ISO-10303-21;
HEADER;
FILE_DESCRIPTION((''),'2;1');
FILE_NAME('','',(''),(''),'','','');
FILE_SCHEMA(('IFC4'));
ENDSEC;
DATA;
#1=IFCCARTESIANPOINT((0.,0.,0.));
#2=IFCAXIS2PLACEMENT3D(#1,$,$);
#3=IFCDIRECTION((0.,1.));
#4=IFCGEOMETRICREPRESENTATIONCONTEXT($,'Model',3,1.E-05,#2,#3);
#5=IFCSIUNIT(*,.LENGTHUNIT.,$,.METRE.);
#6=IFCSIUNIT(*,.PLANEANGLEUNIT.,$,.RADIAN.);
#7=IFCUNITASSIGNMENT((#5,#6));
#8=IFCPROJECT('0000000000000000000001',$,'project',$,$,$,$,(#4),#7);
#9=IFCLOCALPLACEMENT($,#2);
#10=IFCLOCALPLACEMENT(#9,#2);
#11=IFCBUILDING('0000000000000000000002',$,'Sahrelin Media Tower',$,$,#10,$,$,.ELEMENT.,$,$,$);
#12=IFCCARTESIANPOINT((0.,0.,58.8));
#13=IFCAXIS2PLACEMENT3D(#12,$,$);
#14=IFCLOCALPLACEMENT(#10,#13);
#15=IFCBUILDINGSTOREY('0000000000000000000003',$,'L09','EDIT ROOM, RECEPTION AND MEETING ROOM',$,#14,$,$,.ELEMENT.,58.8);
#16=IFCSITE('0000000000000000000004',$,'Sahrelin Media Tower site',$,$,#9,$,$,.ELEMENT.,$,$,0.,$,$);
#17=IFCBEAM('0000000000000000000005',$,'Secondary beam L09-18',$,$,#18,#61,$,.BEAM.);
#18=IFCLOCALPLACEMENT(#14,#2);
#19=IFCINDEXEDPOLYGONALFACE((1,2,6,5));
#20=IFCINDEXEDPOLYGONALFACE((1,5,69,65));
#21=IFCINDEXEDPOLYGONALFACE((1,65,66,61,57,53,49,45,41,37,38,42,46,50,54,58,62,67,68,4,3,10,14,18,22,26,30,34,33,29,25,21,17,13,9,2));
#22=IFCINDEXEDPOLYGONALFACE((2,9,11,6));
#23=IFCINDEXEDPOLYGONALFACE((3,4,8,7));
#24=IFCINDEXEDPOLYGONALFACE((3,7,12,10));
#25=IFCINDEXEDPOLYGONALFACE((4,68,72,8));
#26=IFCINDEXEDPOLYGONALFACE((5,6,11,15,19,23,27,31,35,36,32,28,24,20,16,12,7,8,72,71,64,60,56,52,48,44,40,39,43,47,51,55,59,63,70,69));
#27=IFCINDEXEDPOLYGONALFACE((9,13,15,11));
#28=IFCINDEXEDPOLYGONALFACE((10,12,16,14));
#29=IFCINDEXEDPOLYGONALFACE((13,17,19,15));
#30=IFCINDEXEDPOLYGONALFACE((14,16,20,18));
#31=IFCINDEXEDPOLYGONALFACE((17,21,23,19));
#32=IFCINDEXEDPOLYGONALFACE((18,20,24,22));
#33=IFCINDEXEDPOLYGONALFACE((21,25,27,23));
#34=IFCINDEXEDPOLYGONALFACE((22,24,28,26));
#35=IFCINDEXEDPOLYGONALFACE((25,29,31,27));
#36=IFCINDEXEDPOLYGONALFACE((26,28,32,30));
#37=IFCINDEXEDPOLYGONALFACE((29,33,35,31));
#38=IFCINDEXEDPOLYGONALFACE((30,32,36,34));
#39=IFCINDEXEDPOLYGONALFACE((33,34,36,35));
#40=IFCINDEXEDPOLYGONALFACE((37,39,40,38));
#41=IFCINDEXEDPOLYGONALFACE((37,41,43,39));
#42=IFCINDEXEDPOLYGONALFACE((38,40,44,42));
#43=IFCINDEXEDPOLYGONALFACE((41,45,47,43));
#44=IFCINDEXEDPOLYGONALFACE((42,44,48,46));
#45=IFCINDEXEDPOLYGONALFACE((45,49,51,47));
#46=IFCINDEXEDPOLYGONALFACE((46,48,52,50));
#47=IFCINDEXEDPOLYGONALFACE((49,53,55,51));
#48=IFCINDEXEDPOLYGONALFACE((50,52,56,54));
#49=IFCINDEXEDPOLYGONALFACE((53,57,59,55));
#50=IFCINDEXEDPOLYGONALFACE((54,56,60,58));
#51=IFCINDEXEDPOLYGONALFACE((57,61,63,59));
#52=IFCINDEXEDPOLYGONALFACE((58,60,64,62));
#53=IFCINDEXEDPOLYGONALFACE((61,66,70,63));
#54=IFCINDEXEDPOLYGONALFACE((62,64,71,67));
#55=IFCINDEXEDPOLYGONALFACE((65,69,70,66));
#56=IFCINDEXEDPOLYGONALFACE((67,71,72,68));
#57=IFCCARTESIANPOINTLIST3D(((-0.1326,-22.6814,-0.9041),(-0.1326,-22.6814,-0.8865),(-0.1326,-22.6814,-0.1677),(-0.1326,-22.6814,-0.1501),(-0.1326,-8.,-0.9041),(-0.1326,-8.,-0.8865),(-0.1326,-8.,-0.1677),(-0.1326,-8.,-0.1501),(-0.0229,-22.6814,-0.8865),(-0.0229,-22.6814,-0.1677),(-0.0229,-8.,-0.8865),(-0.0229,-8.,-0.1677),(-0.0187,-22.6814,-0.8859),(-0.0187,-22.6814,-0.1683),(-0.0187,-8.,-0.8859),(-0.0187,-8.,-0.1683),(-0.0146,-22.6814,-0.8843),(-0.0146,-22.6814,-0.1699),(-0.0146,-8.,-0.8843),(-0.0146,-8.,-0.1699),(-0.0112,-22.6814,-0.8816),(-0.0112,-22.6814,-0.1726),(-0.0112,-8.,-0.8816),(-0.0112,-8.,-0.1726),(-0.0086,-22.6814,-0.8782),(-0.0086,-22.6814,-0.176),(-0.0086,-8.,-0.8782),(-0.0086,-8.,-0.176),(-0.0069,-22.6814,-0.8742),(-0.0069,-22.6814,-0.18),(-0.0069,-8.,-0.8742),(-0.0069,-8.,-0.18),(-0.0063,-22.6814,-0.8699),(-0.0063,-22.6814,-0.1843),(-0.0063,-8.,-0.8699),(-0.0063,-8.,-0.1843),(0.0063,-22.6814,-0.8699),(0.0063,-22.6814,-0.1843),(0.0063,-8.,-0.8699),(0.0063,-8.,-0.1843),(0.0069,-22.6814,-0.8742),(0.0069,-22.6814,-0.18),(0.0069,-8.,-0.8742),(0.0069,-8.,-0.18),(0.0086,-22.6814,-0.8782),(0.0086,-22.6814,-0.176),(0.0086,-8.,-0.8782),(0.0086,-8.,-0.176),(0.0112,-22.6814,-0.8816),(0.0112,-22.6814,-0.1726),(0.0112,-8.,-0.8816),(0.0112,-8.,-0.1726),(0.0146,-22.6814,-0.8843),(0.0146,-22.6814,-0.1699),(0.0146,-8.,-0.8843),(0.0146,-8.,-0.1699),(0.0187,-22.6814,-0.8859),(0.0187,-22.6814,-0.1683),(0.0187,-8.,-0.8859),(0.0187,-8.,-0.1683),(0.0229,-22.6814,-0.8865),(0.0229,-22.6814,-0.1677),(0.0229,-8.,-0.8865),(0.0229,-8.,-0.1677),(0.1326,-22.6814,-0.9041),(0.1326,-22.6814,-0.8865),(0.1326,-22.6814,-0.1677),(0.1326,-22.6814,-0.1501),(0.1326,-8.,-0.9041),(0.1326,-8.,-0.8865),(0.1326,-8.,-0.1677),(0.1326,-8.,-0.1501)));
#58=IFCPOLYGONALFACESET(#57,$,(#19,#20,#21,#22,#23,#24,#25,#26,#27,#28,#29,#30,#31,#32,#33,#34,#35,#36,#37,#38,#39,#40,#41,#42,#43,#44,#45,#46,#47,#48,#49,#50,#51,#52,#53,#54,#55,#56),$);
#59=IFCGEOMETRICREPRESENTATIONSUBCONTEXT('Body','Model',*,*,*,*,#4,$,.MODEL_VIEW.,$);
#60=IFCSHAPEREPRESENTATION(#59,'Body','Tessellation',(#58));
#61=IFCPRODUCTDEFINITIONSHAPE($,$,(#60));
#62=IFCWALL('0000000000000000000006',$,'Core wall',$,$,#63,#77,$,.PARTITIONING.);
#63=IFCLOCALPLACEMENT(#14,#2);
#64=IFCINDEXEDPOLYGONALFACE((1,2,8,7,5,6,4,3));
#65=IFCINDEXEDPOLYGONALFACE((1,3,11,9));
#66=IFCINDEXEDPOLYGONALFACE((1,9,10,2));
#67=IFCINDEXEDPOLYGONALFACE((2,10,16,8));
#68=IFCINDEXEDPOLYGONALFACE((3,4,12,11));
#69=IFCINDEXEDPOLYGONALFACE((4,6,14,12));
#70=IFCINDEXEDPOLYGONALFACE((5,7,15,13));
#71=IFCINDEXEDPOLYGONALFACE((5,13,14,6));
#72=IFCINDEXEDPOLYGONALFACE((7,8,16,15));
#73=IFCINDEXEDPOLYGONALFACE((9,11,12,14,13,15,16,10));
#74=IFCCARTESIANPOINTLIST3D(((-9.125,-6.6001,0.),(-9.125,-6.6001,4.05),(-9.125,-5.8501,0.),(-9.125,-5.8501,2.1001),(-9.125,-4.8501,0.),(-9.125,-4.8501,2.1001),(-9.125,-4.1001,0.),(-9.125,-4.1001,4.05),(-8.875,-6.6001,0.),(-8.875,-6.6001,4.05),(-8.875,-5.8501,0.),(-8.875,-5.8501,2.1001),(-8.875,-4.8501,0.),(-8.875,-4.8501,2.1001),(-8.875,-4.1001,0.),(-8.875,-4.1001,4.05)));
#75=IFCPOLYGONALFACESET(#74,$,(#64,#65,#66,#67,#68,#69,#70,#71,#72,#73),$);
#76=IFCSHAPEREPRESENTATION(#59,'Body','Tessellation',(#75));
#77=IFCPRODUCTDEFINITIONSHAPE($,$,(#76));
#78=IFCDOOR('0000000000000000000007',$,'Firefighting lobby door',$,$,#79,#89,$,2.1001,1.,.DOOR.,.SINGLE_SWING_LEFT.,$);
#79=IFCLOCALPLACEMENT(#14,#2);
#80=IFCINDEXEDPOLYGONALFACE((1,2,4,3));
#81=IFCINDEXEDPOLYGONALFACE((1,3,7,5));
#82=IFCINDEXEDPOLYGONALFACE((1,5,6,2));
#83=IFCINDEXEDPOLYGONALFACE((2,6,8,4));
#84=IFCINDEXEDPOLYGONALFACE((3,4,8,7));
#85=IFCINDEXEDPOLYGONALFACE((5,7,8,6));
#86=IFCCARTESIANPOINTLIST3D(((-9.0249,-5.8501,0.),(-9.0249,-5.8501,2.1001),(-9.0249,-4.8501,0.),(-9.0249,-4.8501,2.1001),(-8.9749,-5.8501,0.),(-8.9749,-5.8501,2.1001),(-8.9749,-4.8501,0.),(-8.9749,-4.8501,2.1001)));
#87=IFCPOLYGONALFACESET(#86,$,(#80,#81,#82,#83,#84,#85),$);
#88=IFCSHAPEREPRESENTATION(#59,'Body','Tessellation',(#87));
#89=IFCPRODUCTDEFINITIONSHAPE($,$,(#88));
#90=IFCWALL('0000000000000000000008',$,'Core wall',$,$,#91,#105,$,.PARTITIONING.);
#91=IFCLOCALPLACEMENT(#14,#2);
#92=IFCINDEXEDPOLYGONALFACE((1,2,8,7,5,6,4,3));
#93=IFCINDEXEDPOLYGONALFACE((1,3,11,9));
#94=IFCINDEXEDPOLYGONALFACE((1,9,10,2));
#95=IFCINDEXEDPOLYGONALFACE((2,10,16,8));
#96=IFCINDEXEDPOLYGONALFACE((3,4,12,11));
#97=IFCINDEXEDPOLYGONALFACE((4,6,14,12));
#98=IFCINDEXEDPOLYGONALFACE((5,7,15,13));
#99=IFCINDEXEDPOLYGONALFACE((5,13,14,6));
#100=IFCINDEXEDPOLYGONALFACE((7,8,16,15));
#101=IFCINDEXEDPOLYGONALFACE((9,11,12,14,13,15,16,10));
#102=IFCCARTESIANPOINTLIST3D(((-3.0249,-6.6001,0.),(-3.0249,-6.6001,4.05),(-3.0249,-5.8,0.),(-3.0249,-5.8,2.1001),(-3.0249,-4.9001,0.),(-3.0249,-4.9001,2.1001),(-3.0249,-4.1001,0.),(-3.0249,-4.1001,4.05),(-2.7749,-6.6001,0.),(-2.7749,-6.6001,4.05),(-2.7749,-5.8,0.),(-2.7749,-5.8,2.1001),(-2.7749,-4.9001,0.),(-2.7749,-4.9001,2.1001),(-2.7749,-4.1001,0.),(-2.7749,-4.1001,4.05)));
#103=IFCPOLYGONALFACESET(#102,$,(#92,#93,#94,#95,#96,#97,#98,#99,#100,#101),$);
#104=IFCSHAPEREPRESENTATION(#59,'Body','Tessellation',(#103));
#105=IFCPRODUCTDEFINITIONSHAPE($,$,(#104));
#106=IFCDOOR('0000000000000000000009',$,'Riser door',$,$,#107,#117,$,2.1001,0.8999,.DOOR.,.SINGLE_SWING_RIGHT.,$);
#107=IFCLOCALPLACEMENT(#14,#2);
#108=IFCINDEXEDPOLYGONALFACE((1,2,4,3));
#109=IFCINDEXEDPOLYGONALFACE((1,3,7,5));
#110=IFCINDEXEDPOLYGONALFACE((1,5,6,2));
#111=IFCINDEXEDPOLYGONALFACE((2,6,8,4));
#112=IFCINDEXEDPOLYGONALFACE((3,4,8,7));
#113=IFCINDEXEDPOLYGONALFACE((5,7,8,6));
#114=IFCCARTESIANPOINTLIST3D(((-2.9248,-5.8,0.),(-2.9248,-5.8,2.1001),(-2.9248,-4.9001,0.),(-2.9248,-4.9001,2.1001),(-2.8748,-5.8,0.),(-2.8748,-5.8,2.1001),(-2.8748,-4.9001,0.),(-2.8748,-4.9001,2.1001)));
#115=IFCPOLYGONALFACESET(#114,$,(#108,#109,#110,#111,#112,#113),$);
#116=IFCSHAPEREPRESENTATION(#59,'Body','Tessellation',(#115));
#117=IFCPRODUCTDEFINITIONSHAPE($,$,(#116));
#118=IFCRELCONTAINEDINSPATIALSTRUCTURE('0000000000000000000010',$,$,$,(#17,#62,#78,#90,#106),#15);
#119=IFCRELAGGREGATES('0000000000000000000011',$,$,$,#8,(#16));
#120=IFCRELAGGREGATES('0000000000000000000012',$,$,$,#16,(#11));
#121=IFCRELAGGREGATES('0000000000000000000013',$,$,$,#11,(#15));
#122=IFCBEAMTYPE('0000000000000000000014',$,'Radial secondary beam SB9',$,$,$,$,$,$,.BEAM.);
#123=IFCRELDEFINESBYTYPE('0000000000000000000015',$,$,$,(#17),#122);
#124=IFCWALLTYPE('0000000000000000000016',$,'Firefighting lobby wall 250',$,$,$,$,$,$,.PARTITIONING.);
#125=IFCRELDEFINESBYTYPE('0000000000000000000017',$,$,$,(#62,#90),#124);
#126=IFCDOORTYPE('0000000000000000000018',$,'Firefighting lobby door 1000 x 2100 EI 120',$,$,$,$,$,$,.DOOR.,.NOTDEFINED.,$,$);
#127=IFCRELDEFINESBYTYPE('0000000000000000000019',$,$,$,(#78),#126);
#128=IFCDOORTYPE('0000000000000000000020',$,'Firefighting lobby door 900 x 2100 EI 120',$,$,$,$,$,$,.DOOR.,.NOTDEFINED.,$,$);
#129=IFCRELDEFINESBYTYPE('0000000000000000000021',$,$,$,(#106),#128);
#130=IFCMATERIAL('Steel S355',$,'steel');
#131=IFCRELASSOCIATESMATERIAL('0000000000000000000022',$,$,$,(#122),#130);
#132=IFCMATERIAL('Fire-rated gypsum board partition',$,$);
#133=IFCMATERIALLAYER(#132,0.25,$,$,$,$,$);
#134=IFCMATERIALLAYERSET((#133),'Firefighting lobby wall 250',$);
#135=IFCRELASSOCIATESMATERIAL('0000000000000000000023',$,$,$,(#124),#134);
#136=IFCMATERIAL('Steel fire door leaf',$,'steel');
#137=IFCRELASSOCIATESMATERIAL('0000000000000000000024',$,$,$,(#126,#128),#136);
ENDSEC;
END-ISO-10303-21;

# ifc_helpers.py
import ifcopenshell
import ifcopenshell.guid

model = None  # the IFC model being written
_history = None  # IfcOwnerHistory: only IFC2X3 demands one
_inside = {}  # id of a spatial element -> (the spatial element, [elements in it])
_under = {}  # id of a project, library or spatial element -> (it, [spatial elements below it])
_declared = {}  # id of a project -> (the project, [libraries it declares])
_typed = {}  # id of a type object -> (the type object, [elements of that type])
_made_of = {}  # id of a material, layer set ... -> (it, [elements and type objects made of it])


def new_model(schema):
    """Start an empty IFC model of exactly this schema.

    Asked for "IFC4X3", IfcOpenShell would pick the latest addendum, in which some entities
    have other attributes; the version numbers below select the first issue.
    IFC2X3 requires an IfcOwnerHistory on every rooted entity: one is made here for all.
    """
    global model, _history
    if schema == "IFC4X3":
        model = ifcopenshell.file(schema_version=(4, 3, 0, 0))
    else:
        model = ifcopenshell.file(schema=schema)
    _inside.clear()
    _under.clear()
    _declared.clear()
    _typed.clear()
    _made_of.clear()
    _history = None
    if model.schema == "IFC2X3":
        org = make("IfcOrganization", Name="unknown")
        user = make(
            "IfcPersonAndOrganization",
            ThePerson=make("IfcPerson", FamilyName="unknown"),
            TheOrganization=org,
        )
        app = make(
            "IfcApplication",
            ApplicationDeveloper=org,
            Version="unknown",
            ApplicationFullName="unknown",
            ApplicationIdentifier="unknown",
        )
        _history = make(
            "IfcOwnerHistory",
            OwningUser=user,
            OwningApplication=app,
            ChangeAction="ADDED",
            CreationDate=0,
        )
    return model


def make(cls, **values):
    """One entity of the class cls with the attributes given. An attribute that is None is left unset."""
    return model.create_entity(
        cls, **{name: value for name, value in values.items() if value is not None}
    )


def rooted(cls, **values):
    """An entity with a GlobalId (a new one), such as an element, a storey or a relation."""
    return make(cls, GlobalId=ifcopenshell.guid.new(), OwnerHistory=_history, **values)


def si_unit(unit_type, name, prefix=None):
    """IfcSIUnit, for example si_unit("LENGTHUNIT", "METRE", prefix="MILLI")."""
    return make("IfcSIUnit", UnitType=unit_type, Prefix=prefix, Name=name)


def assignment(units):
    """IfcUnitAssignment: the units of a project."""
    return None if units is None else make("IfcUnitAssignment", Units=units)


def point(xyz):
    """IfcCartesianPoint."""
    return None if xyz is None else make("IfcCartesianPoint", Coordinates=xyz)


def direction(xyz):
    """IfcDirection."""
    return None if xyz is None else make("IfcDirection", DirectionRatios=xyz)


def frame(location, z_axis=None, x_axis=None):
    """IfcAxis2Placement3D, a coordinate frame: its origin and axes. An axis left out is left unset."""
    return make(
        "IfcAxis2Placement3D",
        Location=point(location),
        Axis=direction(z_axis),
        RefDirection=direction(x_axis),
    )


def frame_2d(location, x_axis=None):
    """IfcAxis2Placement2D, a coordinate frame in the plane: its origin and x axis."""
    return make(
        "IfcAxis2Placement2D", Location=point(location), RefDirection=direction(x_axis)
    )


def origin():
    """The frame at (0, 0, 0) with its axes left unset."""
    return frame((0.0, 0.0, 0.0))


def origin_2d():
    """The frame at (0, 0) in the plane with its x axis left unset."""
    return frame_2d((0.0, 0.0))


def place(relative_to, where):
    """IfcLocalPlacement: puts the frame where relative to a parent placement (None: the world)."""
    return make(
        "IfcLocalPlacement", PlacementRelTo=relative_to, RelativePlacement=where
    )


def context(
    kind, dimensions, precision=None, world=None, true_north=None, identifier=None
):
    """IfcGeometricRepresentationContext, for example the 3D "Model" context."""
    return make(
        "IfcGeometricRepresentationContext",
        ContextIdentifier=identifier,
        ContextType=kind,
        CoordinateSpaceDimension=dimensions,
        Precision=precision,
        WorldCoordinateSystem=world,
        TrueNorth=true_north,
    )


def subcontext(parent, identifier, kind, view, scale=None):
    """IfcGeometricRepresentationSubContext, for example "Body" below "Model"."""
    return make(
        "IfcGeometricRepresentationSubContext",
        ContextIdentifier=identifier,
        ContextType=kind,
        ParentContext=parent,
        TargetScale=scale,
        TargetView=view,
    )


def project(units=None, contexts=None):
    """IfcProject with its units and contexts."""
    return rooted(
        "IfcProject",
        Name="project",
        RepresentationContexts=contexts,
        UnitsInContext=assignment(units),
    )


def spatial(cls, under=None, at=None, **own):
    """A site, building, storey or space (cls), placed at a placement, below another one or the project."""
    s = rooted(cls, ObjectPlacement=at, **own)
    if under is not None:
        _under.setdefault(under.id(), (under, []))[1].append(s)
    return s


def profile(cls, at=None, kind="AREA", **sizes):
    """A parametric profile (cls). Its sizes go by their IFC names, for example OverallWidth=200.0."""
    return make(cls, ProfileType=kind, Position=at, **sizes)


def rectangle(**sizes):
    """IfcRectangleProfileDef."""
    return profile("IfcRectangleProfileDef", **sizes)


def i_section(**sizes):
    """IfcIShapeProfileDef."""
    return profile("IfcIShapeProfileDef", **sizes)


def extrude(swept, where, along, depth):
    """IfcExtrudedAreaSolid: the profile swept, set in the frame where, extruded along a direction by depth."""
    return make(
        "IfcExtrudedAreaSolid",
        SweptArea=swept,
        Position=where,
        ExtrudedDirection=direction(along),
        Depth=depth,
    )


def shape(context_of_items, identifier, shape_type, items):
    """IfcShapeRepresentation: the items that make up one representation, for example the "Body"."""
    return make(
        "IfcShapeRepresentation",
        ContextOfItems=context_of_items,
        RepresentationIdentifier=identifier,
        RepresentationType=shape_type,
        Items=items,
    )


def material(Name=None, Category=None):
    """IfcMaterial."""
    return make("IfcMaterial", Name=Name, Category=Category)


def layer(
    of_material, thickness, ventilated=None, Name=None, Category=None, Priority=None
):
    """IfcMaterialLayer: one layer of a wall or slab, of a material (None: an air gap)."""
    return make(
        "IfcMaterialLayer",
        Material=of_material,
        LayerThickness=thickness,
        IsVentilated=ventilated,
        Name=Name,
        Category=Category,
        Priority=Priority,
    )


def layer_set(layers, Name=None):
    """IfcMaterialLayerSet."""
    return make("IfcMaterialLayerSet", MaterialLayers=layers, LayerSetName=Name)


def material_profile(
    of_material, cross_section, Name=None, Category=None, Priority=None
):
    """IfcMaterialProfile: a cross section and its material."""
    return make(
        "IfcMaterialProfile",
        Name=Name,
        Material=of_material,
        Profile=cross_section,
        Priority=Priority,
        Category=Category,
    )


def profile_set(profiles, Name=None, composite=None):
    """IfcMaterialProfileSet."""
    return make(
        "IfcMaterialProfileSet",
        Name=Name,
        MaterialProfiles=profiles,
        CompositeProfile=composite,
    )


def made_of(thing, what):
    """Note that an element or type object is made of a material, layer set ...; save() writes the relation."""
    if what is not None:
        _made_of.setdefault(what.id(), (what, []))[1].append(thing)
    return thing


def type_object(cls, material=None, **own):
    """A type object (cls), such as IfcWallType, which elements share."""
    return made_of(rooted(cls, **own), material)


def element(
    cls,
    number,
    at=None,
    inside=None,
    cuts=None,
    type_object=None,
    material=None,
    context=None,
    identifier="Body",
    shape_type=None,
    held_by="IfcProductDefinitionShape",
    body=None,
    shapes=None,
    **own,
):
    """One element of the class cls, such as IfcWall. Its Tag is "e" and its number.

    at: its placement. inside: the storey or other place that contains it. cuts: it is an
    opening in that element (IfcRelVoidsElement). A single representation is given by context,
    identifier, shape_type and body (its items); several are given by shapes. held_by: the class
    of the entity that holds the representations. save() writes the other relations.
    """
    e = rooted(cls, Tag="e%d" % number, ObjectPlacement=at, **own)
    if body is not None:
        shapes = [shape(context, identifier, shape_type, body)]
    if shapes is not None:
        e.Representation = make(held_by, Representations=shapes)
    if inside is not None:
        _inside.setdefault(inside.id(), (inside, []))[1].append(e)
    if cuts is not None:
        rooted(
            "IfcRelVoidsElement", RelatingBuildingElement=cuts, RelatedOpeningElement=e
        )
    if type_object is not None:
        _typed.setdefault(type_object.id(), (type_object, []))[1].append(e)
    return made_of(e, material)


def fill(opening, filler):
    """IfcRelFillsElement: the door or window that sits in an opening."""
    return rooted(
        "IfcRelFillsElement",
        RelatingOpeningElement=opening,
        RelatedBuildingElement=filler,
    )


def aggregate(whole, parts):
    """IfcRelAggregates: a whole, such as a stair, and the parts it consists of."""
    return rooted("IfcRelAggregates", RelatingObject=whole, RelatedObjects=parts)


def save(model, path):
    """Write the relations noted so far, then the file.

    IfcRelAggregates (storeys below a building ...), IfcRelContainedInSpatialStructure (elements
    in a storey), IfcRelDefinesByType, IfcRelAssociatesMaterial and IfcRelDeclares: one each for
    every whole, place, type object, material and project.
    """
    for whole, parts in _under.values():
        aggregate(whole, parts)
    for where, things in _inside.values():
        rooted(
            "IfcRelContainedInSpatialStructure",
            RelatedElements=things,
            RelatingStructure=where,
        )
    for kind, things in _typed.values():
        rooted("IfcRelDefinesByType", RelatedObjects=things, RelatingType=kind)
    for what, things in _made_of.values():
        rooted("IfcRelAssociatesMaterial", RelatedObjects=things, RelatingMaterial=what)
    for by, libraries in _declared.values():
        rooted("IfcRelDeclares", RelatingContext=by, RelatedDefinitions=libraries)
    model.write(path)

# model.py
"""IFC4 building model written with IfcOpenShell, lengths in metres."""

from ifc_helpers import new_model, si_unit, direction, frame, frame_2d, origin, origin_2d, place, context, subcontext, project, spatial, rectangle, i_section, extrude, material, layer, layer_set, material_profile, profile_set, type_object, element, fill, save


model = new_model("IFC4")

# Units and contexts
model_context = context("Model", 3, precision=1e-05, world=origin(), true_north=direction((0.0, 1.0)))
body_context = subcontext(model_context, "Body", "Model", "MODEL_VIEW")
ifc_project = project(units=[si_unit("LENGTHUNIT", "METRE"), si_unit("PLANEANGLEUNIT", "RADIAN")], contexts=[model_context])

# Site, building, storey
site_placement = place(None, origin())
site = spatial("IfcSite", under=ifc_project, at=site_placement, Name="Sahrelin Media Tower site", CompositionType="ELEMENT", RefElevation=0.0)
building_placement = place(site_placement, origin())
building = spatial("IfcBuilding", under=site, at=building_placement, Name="Sahrelin Media Tower", CompositionType="ELEMENT")
storey_placement = place(building_placement, frame((0.0, 0.0, 58.8)))
storey = spatial("IfcBuildingStorey", under=building, at=storey_placement, Name="L09", Description="EDIT ROOM, RECEPTION AND MEETING ROOM", CompositionType="ELEMENT", Elevation=58.8)

# Beam
ifc_material_1 = material(Name="Steel S355", Category="steel")
ifc_material_profile_1 = material_profile(ifc_material_1, i_section(OverallWidth=0.2651, OverallDepth=0.7539, WebThickness=0.0127, FlangeThickness=0.0176, FilletRadius=0.0166, at=origin_2d()), Name="UB 762x267x147")
ifc_profile_set_1 = profile_set([ifc_material_profile_1], Name="Steel S355")
beam_type_1 = type_object("IfcBeamType", Name="Radial secondary beam SB9", PredefinedType="BEAM", material=ifc_profile_set_1)
beam_1_placement = place(storey_placement, frame((0.0, -8.0, -0.5271), z_axis=(0.0, -1.0, 0.0), x_axis=(1.0, 0.0, 0.0)))
element("IfcBeam", 1, at=beam_1_placement, inside=storey, type_object=beam_type_1, Name="Secondary beam L09-18", PredefinedType="BEAM", context=body_context, shape_type="SweptSolid", body=[
    extrude(i_section(OverallWidth=0.2651, OverallDepth=0.7539, WebThickness=0.0127, FlangeThickness=0.0176, FilletRadius=0.0166, at=origin_2d()), origin(), (0.0, 0.0, 1.0), 14.6814),
])

# Walls, openings, doors
ifc_material_2 = material(Name="Fire-rated gypsum board partition")
ifc_layer_1 = layer(ifc_material_2, 0.25)
ifc_layer_set_1 = layer_set([ifc_layer_1], Name="Firefighting lobby wall 250")
wall_type_1 = type_object("IfcWallType", Name="Firefighting lobby wall 250", PredefinedType="PARTITIONING", material=ifc_layer_set_1)
wall_1_placement = place(storey_placement, frame((-9.0, -6.6001, 0.0), z_axis=(0.0, 0.0, 1.0), x_axis=(0.0, 1.0, 0.0)))
wall_1 = element("IfcWall", 2, at=wall_1_placement, inside=storey, type_object=wall_type_1, Name="Core wall", PredefinedType="PARTITIONING", context=body_context, shape_type="SweptSolid", body=[
    extrude(rectangle(XDim=2.5, YDim=0.25, at=frame_2d((1.25, 0.0))), origin(), (0.0, 0.0, 1.0), 4.05),
])
opening_1_placement = place(wall_1_placement, frame((0.75, 0.0, 0.0)))
opening_1 = element("IfcOpeningElement", 3, at=opening_1_placement, cuts=wall_1, PredefinedType="OPENING", context=body_context, shape_type="SweptSolid", body=[
    extrude(rectangle(XDim=1.0, YDim=2.1001, at=frame_2d((0.5, 1.05))), frame((0.0, 0.125, 0.0), z_axis=(0.0, -1.0, 0.0), x_axis=(1.0, 0.0, 0.0)), (0.0, 0.0, 1.0), 0.25),
])
ifc_material_3 = material(Name="Steel fire door leaf", Category="steel")
door_type_1 = type_object("IfcDoorType", Name="Firefighting lobby door 1000 x 2100 EI 120", OperationType="NOTDEFINED", PredefinedType="DOOR", material=ifc_material_3)
door_1_placement = place(opening_1_placement, origin())
door_1 = element("IfcDoor", 4, at=door_1_placement, inside=storey, type_object=door_type_1, Name="Firefighting lobby door", OperationType="SINGLE_SWING_LEFT", OverallHeight=2.1001, OverallWidth=1.0, PredefinedType="DOOR", context=body_context, shape_type="SweptSolid", body=[
    extrude(rectangle(XDim=1.0, YDim=2.1001, at=frame_2d((0.5, 1.05))), frame((0.0, 0.0249, 0.0), z_axis=(0.0, -1.0, 0.0), x_axis=(1.0, 0.0, 0.0)), (0.0, 0.0, 1.0), 0.05),
])
fill(opening_1, door_1)
wall_2_placement = place(storey_placement, frame((-2.8999, -6.6001, 0.0), z_axis=(0.0, 0.0, 1.0), x_axis=(0.0, 1.0, 0.0)))
wall_2 = element("IfcWall", 5, at=wall_2_placement, inside=storey, type_object=wall_type_1, Name="Core wall", PredefinedType="PARTITIONING", context=body_context, shape_type="SweptSolid", body=[
    extrude(rectangle(XDim=2.5, YDim=0.25, at=frame_2d((1.25, 0.0))), origin(), (0.0, 0.0, 1.0), 4.05),
])
opening_2_placement = place(wall_2_placement, frame((0.8, 0.0, 0.0)))
opening_2 = element("IfcOpeningElement", 6, at=opening_2_placement, cuts=wall_2, PredefinedType="OPENING", context=body_context, shape_type="SweptSolid", body=[
    extrude(rectangle(XDim=0.8999, YDim=2.1001, at=frame_2d((0.45, 1.05))), frame((0.0, 0.125, 0.0), z_axis=(0.0, -1.0, 0.0), x_axis=(1.0, 0.0, 0.0)), (0.0, 0.0, 1.0), 0.25),
])
door_type_2 = type_object("IfcDoorType", Name="Firefighting lobby door 900 x 2100 EI 120", OperationType="NOTDEFINED", PredefinedType="DOOR", material=ifc_material_3)
door_2_placement = place(opening_2_placement, origin())
door_2 = element("IfcDoor", 7, at=door_2_placement, inside=storey, type_object=door_type_2, Name="Riser door", OperationType="SINGLE_SWING_RIGHT", OverallHeight=2.1001, OverallWidth=0.8999, PredefinedType="DOOR", context=body_context, shape_type="SweptSolid", body=[
    extrude(rectangle(XDim=0.8999, YDim=2.1001, at=frame_2d((0.45, 1.05))), frame((0.0, 0.0249, 0.0), z_axis=(0.0, -1.0, 0.0), x_axis=(1.0, 0.0, 0.0)), (0.0, 0.0, 1.0), 0.05),
])
fill(opening_2, door_2)

save(model, "model.ifc")
